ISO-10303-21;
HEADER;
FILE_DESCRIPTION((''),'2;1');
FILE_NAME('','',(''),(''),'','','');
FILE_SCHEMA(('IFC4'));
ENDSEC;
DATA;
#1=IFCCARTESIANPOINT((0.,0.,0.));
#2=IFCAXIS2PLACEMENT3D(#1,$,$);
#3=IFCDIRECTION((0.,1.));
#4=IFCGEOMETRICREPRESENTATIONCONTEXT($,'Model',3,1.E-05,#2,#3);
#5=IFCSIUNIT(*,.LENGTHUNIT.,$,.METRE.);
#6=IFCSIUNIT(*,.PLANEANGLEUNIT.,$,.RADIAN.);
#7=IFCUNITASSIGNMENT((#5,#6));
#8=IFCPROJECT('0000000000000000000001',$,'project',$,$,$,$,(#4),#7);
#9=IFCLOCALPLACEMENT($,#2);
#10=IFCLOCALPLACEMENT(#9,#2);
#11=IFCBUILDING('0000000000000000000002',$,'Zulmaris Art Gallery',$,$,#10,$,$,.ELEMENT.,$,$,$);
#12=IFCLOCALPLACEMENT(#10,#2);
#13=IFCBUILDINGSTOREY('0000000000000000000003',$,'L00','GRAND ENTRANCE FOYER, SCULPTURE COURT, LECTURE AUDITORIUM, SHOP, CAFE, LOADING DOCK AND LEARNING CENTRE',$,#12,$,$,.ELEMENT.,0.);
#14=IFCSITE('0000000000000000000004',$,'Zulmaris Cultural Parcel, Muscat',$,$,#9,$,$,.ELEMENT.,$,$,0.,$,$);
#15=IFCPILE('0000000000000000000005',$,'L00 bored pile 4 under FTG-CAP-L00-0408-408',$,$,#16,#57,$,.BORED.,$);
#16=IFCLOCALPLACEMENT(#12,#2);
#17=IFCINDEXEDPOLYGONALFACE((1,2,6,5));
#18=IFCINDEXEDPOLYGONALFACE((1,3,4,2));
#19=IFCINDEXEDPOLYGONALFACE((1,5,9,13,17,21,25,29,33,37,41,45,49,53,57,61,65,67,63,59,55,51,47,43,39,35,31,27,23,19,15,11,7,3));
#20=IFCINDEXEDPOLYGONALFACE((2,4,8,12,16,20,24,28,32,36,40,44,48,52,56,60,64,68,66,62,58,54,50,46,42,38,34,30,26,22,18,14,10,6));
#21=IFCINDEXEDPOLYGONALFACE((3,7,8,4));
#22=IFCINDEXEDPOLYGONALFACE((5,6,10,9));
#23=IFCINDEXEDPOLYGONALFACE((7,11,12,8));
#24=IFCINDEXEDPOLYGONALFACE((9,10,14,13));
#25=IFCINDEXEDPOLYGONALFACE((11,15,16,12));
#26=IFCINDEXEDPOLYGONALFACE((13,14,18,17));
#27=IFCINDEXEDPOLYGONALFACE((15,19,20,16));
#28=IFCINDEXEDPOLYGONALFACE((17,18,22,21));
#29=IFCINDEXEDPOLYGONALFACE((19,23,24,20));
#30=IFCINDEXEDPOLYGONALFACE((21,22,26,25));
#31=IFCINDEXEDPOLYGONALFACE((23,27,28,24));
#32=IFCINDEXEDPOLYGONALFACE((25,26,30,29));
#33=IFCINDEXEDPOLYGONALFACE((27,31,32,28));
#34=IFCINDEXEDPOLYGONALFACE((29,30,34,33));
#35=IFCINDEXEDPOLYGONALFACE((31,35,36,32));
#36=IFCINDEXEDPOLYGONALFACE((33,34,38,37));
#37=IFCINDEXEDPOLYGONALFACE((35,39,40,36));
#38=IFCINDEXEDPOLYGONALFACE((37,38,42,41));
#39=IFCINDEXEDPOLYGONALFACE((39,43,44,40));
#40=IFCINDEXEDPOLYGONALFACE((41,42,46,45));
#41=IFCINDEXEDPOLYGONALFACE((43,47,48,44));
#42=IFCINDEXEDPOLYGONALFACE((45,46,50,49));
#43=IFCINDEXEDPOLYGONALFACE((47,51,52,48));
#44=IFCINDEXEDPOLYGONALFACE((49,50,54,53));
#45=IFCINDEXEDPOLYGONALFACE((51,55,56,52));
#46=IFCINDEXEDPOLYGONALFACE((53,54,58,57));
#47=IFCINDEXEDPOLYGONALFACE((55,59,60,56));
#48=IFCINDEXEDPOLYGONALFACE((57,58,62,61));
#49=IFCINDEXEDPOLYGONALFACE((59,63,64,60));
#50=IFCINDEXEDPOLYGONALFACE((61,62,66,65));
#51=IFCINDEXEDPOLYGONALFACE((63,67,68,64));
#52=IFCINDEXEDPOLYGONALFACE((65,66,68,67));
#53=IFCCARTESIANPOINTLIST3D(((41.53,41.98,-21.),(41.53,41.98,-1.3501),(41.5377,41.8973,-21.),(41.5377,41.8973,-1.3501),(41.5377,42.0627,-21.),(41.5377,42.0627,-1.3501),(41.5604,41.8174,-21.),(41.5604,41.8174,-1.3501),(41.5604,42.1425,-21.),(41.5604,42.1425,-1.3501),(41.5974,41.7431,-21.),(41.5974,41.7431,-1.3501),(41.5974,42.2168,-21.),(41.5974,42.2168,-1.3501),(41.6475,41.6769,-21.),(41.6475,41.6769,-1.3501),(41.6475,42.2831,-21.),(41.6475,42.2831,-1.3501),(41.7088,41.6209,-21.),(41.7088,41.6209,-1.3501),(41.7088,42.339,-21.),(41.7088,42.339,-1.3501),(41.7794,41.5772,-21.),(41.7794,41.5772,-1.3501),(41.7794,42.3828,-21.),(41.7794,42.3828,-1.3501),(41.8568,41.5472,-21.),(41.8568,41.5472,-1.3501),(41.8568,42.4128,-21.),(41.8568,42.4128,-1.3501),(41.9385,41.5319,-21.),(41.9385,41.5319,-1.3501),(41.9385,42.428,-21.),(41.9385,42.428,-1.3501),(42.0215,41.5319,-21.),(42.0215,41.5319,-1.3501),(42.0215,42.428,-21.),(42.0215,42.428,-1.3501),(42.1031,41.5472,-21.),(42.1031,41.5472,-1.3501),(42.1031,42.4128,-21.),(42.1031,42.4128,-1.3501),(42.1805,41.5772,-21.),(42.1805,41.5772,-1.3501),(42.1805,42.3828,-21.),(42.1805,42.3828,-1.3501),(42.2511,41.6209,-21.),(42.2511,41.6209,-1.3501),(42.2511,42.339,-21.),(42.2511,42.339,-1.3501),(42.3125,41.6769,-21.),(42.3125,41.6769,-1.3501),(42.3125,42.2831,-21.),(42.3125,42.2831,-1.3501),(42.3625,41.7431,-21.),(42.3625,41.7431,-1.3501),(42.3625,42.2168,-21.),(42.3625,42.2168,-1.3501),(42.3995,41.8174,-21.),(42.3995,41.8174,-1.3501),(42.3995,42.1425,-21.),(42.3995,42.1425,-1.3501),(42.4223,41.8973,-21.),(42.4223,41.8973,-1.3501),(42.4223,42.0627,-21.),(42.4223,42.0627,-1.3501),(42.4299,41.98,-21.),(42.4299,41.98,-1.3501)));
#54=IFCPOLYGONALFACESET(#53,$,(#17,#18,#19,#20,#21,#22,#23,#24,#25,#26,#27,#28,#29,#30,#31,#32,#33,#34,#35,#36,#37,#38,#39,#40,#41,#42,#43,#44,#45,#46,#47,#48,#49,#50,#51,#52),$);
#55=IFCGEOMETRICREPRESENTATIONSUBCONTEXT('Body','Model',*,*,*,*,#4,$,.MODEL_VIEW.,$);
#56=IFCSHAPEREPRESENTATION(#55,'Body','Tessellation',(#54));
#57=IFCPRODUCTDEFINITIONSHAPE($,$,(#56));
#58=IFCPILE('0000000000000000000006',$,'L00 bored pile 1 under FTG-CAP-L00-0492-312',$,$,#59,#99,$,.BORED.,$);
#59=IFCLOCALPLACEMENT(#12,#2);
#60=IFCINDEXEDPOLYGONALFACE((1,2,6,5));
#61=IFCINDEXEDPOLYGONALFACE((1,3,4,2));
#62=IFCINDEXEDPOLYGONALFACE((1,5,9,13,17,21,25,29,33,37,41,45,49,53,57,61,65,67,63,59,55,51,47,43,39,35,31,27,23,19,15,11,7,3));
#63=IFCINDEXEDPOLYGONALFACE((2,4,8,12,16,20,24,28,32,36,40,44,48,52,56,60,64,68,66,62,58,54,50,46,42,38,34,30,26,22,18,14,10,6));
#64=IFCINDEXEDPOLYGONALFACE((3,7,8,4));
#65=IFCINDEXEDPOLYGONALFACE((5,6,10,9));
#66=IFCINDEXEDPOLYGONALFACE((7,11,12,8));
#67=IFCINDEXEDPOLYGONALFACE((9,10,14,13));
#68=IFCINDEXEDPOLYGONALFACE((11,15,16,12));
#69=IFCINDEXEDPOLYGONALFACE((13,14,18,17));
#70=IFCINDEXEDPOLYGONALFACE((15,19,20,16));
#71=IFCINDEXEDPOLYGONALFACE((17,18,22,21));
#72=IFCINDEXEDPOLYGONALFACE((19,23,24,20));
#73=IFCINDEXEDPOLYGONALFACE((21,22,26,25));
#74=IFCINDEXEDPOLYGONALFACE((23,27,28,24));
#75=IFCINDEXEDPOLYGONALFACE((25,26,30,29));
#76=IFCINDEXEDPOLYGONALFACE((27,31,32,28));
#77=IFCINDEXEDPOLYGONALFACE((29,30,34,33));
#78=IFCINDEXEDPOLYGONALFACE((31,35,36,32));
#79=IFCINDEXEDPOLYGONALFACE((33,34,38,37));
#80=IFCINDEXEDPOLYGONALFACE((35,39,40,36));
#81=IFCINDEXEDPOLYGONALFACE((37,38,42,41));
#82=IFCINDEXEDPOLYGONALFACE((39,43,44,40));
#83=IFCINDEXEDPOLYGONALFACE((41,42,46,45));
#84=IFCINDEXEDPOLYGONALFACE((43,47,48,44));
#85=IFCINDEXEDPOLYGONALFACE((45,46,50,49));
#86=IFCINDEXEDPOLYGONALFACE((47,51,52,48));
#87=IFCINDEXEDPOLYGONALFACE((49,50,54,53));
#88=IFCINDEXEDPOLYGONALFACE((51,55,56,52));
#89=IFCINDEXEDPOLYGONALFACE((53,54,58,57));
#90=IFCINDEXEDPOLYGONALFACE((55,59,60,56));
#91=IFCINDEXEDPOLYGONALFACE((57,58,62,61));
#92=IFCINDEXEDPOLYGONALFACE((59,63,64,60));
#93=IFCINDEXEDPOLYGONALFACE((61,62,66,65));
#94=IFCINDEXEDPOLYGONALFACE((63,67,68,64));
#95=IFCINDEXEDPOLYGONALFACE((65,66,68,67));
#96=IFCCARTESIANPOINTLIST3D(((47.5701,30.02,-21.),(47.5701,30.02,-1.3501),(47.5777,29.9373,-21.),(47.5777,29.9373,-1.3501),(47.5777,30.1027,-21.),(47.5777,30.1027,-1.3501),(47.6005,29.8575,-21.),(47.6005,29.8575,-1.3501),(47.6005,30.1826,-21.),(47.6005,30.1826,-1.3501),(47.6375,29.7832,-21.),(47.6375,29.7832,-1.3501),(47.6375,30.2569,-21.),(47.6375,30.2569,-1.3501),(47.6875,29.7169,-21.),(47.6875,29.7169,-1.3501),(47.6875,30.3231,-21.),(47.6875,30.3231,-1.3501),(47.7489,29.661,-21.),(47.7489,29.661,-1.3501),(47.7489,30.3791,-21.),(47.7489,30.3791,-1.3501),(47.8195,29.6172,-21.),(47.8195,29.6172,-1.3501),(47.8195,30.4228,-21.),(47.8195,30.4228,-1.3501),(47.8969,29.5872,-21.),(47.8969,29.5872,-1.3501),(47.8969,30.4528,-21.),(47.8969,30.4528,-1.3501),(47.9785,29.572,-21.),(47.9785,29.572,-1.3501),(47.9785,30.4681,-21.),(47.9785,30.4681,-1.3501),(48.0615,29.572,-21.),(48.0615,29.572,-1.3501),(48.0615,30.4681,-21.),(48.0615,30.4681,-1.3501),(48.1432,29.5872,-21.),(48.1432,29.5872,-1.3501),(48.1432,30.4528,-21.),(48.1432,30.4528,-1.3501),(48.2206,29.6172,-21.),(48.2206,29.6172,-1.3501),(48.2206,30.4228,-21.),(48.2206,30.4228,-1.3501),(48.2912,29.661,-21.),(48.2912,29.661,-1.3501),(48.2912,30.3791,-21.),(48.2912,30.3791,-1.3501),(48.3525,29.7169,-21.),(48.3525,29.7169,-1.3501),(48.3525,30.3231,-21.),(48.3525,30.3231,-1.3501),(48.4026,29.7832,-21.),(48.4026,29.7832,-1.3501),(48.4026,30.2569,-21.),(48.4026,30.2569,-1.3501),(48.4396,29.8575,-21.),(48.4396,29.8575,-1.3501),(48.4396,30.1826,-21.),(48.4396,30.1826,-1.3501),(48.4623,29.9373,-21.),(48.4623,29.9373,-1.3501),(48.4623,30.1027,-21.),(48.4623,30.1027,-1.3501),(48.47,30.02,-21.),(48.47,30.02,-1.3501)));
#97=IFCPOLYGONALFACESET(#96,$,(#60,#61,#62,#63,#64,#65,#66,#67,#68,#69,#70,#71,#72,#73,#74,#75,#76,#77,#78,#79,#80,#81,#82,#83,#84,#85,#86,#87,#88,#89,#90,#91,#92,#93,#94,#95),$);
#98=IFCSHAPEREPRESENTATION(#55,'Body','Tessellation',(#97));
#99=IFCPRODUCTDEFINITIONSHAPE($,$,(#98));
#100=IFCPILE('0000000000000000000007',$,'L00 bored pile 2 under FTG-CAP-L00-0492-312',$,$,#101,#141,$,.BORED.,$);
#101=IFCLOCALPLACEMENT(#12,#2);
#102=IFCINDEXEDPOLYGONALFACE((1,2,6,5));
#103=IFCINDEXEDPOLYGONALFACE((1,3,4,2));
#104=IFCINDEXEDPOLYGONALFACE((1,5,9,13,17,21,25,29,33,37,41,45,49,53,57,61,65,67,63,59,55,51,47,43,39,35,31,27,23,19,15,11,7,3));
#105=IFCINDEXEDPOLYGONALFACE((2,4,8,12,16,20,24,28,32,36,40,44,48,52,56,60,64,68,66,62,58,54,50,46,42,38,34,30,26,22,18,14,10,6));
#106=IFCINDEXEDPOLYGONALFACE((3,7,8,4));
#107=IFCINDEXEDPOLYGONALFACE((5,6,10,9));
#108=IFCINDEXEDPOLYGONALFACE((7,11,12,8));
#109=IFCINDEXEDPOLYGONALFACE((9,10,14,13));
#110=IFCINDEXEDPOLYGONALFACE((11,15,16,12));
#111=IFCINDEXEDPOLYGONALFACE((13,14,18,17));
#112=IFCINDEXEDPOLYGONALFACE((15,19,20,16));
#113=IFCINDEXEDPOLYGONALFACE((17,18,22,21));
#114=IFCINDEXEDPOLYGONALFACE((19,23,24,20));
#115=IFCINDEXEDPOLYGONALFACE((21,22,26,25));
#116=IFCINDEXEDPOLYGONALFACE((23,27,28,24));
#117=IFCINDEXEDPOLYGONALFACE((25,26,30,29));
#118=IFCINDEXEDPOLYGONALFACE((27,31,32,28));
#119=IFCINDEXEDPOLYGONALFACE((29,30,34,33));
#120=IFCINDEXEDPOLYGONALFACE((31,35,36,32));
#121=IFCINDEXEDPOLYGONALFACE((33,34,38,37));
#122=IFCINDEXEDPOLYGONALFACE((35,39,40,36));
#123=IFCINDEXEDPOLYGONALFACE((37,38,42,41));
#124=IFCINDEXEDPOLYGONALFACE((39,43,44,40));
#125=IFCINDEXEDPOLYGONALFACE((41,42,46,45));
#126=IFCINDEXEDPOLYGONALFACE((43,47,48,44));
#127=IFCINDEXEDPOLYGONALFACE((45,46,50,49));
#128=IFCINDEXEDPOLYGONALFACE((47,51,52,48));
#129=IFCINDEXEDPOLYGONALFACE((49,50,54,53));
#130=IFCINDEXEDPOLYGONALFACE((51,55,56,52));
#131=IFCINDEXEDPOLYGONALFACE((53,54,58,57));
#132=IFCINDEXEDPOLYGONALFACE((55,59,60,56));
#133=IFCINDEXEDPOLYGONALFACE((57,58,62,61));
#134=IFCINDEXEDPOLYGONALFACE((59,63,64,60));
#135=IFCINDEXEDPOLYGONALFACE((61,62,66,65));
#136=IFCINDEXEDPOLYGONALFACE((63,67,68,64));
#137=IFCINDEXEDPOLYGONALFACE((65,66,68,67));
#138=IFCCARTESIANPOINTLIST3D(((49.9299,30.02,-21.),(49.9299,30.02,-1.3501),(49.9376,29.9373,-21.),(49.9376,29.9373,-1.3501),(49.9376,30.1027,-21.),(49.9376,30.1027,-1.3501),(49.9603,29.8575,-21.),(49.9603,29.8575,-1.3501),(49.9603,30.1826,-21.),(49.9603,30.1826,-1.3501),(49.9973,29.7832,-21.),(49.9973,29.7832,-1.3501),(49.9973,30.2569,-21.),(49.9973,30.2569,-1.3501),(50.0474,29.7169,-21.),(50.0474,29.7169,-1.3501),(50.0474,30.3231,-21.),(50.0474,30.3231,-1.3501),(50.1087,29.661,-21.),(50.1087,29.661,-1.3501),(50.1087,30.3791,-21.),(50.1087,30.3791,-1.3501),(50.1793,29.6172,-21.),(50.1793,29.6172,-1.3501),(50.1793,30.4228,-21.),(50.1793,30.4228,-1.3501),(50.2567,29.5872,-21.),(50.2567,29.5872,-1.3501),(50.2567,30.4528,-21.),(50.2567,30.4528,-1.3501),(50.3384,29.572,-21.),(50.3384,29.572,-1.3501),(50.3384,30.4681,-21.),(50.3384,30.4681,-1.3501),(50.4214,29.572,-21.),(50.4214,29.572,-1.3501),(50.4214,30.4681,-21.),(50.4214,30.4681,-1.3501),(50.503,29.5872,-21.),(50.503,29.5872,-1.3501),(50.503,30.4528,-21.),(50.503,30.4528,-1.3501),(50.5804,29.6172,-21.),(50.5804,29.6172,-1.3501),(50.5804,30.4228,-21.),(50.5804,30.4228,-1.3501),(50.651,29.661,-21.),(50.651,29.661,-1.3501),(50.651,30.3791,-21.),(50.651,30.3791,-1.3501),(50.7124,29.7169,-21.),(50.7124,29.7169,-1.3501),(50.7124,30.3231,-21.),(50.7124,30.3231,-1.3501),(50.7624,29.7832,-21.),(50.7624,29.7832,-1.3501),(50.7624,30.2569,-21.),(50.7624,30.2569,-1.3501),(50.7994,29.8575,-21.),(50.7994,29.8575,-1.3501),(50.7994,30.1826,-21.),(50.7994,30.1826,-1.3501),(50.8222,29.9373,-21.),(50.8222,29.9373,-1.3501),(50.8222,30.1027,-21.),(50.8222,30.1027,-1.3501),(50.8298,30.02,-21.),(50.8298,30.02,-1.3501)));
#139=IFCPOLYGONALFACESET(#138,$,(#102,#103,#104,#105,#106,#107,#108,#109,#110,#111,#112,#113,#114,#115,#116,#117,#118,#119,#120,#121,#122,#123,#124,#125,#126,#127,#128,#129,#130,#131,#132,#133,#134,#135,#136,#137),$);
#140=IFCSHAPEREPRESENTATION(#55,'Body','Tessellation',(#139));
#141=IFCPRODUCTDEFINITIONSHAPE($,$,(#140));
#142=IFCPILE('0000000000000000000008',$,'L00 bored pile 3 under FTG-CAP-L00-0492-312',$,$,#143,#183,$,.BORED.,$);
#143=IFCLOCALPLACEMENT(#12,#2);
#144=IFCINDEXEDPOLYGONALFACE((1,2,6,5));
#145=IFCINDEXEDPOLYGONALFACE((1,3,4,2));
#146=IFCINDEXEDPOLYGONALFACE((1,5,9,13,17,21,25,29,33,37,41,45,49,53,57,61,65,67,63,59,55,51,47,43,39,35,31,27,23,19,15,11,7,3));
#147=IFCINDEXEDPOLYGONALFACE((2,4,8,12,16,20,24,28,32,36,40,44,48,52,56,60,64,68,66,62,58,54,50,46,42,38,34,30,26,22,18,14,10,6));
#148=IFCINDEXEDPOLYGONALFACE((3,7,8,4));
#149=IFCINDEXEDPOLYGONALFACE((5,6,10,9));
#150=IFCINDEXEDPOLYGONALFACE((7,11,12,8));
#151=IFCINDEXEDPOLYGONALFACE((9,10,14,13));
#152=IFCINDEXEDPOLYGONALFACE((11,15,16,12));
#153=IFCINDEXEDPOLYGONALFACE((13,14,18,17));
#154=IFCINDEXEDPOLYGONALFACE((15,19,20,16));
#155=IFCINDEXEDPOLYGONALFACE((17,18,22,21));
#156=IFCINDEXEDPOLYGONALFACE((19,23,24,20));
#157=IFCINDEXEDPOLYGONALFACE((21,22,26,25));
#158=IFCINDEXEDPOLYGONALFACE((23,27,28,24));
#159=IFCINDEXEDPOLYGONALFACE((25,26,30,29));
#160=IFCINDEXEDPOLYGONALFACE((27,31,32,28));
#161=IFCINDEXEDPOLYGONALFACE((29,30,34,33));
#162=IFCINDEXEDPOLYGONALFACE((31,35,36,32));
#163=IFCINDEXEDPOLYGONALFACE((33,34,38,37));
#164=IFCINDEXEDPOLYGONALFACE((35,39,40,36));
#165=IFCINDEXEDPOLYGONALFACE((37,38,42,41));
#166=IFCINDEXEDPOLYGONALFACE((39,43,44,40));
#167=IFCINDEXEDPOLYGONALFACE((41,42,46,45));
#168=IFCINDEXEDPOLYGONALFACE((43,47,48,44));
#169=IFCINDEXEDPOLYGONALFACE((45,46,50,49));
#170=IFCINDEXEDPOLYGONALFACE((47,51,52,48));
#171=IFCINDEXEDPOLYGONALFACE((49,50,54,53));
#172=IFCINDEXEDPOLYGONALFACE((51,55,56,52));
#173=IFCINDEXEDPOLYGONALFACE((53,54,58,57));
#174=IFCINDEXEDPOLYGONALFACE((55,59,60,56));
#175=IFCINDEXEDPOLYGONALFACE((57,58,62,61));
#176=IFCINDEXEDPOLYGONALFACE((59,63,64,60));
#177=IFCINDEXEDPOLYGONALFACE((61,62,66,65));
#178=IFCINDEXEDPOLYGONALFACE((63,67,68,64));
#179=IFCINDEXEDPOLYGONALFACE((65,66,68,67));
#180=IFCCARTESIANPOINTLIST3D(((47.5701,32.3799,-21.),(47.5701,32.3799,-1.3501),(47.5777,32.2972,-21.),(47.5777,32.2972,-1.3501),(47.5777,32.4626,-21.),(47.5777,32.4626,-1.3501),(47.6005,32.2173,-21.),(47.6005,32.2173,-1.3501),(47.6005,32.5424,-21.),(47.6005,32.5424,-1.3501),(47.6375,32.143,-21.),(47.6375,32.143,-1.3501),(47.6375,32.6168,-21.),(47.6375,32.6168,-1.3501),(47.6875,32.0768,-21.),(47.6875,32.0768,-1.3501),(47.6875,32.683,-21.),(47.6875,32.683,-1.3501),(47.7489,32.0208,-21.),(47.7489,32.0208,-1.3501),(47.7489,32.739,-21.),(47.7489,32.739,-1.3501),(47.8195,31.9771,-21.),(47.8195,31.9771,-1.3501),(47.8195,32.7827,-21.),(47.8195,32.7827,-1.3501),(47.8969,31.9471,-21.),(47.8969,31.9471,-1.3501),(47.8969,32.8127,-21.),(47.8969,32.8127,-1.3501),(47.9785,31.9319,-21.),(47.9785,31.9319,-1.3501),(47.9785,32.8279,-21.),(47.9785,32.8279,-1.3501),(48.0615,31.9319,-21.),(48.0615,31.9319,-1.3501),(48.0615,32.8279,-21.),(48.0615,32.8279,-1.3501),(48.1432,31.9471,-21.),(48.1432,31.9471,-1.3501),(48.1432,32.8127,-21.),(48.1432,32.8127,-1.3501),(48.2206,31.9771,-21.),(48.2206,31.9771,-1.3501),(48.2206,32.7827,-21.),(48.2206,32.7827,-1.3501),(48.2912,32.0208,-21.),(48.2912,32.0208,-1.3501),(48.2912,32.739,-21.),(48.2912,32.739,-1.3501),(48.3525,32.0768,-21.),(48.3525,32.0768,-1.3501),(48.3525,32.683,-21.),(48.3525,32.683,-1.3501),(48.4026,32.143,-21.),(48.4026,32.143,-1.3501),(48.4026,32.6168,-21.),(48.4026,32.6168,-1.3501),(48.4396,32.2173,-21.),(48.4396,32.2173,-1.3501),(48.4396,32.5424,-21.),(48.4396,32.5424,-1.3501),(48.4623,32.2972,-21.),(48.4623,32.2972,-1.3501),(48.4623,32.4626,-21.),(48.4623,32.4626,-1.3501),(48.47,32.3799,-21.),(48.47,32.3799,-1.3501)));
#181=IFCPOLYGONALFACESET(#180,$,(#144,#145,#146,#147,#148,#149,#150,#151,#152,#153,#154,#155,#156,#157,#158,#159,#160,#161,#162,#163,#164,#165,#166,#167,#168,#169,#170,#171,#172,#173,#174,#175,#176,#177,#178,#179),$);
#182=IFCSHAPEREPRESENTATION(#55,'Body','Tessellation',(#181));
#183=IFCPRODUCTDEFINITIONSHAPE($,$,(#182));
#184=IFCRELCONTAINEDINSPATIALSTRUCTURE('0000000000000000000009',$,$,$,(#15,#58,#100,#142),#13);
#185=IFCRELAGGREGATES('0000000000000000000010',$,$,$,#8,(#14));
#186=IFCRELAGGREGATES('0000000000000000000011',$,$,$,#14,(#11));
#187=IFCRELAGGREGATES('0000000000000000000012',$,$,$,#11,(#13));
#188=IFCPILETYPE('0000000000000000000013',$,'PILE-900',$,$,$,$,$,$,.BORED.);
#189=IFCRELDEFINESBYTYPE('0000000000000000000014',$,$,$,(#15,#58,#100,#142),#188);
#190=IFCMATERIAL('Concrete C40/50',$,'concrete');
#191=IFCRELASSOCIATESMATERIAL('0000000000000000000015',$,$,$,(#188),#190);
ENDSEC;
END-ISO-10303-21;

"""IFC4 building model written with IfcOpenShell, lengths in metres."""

from ifc_helpers import new_model, si_unit, direction, frame, origin, origin_2d, place, context, subcontext, project, spatial, circle, extrude, material, material_profile, profile_set, type_object, element, save


model = new_model("IFC4")

# Units and contexts
model_context = context("Model", 3, precision=1e-05, world=origin(), true_north=direction((0.0, 1.0)))
body_context = subcontext(model_context, "Body", "Model", "MODEL_VIEW")
ifc_project = project(units=[si_unit("LENGTHUNIT", "METRE"), si_unit("PLANEANGLEUNIT", "RADIAN")], contexts=[model_context])

# Site, building, storey
site_placement = place(None, origin())
site = spatial("IfcSite", under=ifc_project, at=site_placement, Name="Zulmaris Cultural Parcel, Muscat", CompositionType="ELEMENT", RefElevation=0.0)
building_placement = place(site_placement, origin())
building = spatial("IfcBuilding", under=site, at=building_placement, Name="Zulmaris Art Gallery", CompositionType="ELEMENT")
storey_placement = place(building_placement, origin())
storey = spatial("IfcBuildingStorey", under=building, at=storey_placement, Name="L00", Description="GRAND ENTRANCE FOYER, SCULPTURE COURT, LECTURE AUDITORIUM, SHOP, CAFE, LOADING DOCK AND LEARNING CENTRE", CompositionType="ELEMENT", Elevation=0.0)

# Piles
ifc_material_1 = material(Name="Concrete C40/50", Category="concrete")
ifc_material_profile_1 = material_profile(ifc_material_1, circle(Radius=0.45, at=origin_2d()), Name="PILE DIA 900")
ifc_profile_set_1 = profile_set([ifc_material_profile_1], Name="Concrete C40/50")
pile_type_1 = type_object("IfcPileType", Name="PILE-900", PredefinedType="BORED", material=ifc_profile_set_1)
for number, where, z_axis, x_axis, name in (
    (1, (41.98, 41.98, -1.3501), (0.0, 0.0, -1.0), (1.0, 0.0, 0.0), "L00 bored pile 4 under FTG-CAP-L00-0408-408"),
    (2, (48.02, 30.02, -1.3501), (0.0, 0.0, -1.0), (1.0, 0.0, 0.0), "L00 bored pile 1 under FTG-CAP-L00-0492-312"),
    (3, (50.3799, 30.02, -1.3501), (0.0, 0.0, -1.0), (1.0, 0.0, 0.0), "L00 bored pile 2 under FTG-CAP-L00-0492-312"),
    (4, (48.02, 32.3799, -1.3501), (0.0, 0.0, -1.0), (1.0, 0.0, 0.0), "L00 bored pile 3 under FTG-CAP-L00-0492-312"),
):
    element("IfcPile", number, at=place(storey_placement, frame(where, z_axis=z_axis, x_axis=x_axis)), inside=storey, type_object=pile_type_1, Name=name, PredefinedType="BORED", context=body_context, shape_type="SweptSolid", body=[
        extrude(circle(Radius=0.45, at=origin_2d()), origin(), (0.0, 0.0, 1.0), 19.6499),
    ])

save(model, "model.ifc")
